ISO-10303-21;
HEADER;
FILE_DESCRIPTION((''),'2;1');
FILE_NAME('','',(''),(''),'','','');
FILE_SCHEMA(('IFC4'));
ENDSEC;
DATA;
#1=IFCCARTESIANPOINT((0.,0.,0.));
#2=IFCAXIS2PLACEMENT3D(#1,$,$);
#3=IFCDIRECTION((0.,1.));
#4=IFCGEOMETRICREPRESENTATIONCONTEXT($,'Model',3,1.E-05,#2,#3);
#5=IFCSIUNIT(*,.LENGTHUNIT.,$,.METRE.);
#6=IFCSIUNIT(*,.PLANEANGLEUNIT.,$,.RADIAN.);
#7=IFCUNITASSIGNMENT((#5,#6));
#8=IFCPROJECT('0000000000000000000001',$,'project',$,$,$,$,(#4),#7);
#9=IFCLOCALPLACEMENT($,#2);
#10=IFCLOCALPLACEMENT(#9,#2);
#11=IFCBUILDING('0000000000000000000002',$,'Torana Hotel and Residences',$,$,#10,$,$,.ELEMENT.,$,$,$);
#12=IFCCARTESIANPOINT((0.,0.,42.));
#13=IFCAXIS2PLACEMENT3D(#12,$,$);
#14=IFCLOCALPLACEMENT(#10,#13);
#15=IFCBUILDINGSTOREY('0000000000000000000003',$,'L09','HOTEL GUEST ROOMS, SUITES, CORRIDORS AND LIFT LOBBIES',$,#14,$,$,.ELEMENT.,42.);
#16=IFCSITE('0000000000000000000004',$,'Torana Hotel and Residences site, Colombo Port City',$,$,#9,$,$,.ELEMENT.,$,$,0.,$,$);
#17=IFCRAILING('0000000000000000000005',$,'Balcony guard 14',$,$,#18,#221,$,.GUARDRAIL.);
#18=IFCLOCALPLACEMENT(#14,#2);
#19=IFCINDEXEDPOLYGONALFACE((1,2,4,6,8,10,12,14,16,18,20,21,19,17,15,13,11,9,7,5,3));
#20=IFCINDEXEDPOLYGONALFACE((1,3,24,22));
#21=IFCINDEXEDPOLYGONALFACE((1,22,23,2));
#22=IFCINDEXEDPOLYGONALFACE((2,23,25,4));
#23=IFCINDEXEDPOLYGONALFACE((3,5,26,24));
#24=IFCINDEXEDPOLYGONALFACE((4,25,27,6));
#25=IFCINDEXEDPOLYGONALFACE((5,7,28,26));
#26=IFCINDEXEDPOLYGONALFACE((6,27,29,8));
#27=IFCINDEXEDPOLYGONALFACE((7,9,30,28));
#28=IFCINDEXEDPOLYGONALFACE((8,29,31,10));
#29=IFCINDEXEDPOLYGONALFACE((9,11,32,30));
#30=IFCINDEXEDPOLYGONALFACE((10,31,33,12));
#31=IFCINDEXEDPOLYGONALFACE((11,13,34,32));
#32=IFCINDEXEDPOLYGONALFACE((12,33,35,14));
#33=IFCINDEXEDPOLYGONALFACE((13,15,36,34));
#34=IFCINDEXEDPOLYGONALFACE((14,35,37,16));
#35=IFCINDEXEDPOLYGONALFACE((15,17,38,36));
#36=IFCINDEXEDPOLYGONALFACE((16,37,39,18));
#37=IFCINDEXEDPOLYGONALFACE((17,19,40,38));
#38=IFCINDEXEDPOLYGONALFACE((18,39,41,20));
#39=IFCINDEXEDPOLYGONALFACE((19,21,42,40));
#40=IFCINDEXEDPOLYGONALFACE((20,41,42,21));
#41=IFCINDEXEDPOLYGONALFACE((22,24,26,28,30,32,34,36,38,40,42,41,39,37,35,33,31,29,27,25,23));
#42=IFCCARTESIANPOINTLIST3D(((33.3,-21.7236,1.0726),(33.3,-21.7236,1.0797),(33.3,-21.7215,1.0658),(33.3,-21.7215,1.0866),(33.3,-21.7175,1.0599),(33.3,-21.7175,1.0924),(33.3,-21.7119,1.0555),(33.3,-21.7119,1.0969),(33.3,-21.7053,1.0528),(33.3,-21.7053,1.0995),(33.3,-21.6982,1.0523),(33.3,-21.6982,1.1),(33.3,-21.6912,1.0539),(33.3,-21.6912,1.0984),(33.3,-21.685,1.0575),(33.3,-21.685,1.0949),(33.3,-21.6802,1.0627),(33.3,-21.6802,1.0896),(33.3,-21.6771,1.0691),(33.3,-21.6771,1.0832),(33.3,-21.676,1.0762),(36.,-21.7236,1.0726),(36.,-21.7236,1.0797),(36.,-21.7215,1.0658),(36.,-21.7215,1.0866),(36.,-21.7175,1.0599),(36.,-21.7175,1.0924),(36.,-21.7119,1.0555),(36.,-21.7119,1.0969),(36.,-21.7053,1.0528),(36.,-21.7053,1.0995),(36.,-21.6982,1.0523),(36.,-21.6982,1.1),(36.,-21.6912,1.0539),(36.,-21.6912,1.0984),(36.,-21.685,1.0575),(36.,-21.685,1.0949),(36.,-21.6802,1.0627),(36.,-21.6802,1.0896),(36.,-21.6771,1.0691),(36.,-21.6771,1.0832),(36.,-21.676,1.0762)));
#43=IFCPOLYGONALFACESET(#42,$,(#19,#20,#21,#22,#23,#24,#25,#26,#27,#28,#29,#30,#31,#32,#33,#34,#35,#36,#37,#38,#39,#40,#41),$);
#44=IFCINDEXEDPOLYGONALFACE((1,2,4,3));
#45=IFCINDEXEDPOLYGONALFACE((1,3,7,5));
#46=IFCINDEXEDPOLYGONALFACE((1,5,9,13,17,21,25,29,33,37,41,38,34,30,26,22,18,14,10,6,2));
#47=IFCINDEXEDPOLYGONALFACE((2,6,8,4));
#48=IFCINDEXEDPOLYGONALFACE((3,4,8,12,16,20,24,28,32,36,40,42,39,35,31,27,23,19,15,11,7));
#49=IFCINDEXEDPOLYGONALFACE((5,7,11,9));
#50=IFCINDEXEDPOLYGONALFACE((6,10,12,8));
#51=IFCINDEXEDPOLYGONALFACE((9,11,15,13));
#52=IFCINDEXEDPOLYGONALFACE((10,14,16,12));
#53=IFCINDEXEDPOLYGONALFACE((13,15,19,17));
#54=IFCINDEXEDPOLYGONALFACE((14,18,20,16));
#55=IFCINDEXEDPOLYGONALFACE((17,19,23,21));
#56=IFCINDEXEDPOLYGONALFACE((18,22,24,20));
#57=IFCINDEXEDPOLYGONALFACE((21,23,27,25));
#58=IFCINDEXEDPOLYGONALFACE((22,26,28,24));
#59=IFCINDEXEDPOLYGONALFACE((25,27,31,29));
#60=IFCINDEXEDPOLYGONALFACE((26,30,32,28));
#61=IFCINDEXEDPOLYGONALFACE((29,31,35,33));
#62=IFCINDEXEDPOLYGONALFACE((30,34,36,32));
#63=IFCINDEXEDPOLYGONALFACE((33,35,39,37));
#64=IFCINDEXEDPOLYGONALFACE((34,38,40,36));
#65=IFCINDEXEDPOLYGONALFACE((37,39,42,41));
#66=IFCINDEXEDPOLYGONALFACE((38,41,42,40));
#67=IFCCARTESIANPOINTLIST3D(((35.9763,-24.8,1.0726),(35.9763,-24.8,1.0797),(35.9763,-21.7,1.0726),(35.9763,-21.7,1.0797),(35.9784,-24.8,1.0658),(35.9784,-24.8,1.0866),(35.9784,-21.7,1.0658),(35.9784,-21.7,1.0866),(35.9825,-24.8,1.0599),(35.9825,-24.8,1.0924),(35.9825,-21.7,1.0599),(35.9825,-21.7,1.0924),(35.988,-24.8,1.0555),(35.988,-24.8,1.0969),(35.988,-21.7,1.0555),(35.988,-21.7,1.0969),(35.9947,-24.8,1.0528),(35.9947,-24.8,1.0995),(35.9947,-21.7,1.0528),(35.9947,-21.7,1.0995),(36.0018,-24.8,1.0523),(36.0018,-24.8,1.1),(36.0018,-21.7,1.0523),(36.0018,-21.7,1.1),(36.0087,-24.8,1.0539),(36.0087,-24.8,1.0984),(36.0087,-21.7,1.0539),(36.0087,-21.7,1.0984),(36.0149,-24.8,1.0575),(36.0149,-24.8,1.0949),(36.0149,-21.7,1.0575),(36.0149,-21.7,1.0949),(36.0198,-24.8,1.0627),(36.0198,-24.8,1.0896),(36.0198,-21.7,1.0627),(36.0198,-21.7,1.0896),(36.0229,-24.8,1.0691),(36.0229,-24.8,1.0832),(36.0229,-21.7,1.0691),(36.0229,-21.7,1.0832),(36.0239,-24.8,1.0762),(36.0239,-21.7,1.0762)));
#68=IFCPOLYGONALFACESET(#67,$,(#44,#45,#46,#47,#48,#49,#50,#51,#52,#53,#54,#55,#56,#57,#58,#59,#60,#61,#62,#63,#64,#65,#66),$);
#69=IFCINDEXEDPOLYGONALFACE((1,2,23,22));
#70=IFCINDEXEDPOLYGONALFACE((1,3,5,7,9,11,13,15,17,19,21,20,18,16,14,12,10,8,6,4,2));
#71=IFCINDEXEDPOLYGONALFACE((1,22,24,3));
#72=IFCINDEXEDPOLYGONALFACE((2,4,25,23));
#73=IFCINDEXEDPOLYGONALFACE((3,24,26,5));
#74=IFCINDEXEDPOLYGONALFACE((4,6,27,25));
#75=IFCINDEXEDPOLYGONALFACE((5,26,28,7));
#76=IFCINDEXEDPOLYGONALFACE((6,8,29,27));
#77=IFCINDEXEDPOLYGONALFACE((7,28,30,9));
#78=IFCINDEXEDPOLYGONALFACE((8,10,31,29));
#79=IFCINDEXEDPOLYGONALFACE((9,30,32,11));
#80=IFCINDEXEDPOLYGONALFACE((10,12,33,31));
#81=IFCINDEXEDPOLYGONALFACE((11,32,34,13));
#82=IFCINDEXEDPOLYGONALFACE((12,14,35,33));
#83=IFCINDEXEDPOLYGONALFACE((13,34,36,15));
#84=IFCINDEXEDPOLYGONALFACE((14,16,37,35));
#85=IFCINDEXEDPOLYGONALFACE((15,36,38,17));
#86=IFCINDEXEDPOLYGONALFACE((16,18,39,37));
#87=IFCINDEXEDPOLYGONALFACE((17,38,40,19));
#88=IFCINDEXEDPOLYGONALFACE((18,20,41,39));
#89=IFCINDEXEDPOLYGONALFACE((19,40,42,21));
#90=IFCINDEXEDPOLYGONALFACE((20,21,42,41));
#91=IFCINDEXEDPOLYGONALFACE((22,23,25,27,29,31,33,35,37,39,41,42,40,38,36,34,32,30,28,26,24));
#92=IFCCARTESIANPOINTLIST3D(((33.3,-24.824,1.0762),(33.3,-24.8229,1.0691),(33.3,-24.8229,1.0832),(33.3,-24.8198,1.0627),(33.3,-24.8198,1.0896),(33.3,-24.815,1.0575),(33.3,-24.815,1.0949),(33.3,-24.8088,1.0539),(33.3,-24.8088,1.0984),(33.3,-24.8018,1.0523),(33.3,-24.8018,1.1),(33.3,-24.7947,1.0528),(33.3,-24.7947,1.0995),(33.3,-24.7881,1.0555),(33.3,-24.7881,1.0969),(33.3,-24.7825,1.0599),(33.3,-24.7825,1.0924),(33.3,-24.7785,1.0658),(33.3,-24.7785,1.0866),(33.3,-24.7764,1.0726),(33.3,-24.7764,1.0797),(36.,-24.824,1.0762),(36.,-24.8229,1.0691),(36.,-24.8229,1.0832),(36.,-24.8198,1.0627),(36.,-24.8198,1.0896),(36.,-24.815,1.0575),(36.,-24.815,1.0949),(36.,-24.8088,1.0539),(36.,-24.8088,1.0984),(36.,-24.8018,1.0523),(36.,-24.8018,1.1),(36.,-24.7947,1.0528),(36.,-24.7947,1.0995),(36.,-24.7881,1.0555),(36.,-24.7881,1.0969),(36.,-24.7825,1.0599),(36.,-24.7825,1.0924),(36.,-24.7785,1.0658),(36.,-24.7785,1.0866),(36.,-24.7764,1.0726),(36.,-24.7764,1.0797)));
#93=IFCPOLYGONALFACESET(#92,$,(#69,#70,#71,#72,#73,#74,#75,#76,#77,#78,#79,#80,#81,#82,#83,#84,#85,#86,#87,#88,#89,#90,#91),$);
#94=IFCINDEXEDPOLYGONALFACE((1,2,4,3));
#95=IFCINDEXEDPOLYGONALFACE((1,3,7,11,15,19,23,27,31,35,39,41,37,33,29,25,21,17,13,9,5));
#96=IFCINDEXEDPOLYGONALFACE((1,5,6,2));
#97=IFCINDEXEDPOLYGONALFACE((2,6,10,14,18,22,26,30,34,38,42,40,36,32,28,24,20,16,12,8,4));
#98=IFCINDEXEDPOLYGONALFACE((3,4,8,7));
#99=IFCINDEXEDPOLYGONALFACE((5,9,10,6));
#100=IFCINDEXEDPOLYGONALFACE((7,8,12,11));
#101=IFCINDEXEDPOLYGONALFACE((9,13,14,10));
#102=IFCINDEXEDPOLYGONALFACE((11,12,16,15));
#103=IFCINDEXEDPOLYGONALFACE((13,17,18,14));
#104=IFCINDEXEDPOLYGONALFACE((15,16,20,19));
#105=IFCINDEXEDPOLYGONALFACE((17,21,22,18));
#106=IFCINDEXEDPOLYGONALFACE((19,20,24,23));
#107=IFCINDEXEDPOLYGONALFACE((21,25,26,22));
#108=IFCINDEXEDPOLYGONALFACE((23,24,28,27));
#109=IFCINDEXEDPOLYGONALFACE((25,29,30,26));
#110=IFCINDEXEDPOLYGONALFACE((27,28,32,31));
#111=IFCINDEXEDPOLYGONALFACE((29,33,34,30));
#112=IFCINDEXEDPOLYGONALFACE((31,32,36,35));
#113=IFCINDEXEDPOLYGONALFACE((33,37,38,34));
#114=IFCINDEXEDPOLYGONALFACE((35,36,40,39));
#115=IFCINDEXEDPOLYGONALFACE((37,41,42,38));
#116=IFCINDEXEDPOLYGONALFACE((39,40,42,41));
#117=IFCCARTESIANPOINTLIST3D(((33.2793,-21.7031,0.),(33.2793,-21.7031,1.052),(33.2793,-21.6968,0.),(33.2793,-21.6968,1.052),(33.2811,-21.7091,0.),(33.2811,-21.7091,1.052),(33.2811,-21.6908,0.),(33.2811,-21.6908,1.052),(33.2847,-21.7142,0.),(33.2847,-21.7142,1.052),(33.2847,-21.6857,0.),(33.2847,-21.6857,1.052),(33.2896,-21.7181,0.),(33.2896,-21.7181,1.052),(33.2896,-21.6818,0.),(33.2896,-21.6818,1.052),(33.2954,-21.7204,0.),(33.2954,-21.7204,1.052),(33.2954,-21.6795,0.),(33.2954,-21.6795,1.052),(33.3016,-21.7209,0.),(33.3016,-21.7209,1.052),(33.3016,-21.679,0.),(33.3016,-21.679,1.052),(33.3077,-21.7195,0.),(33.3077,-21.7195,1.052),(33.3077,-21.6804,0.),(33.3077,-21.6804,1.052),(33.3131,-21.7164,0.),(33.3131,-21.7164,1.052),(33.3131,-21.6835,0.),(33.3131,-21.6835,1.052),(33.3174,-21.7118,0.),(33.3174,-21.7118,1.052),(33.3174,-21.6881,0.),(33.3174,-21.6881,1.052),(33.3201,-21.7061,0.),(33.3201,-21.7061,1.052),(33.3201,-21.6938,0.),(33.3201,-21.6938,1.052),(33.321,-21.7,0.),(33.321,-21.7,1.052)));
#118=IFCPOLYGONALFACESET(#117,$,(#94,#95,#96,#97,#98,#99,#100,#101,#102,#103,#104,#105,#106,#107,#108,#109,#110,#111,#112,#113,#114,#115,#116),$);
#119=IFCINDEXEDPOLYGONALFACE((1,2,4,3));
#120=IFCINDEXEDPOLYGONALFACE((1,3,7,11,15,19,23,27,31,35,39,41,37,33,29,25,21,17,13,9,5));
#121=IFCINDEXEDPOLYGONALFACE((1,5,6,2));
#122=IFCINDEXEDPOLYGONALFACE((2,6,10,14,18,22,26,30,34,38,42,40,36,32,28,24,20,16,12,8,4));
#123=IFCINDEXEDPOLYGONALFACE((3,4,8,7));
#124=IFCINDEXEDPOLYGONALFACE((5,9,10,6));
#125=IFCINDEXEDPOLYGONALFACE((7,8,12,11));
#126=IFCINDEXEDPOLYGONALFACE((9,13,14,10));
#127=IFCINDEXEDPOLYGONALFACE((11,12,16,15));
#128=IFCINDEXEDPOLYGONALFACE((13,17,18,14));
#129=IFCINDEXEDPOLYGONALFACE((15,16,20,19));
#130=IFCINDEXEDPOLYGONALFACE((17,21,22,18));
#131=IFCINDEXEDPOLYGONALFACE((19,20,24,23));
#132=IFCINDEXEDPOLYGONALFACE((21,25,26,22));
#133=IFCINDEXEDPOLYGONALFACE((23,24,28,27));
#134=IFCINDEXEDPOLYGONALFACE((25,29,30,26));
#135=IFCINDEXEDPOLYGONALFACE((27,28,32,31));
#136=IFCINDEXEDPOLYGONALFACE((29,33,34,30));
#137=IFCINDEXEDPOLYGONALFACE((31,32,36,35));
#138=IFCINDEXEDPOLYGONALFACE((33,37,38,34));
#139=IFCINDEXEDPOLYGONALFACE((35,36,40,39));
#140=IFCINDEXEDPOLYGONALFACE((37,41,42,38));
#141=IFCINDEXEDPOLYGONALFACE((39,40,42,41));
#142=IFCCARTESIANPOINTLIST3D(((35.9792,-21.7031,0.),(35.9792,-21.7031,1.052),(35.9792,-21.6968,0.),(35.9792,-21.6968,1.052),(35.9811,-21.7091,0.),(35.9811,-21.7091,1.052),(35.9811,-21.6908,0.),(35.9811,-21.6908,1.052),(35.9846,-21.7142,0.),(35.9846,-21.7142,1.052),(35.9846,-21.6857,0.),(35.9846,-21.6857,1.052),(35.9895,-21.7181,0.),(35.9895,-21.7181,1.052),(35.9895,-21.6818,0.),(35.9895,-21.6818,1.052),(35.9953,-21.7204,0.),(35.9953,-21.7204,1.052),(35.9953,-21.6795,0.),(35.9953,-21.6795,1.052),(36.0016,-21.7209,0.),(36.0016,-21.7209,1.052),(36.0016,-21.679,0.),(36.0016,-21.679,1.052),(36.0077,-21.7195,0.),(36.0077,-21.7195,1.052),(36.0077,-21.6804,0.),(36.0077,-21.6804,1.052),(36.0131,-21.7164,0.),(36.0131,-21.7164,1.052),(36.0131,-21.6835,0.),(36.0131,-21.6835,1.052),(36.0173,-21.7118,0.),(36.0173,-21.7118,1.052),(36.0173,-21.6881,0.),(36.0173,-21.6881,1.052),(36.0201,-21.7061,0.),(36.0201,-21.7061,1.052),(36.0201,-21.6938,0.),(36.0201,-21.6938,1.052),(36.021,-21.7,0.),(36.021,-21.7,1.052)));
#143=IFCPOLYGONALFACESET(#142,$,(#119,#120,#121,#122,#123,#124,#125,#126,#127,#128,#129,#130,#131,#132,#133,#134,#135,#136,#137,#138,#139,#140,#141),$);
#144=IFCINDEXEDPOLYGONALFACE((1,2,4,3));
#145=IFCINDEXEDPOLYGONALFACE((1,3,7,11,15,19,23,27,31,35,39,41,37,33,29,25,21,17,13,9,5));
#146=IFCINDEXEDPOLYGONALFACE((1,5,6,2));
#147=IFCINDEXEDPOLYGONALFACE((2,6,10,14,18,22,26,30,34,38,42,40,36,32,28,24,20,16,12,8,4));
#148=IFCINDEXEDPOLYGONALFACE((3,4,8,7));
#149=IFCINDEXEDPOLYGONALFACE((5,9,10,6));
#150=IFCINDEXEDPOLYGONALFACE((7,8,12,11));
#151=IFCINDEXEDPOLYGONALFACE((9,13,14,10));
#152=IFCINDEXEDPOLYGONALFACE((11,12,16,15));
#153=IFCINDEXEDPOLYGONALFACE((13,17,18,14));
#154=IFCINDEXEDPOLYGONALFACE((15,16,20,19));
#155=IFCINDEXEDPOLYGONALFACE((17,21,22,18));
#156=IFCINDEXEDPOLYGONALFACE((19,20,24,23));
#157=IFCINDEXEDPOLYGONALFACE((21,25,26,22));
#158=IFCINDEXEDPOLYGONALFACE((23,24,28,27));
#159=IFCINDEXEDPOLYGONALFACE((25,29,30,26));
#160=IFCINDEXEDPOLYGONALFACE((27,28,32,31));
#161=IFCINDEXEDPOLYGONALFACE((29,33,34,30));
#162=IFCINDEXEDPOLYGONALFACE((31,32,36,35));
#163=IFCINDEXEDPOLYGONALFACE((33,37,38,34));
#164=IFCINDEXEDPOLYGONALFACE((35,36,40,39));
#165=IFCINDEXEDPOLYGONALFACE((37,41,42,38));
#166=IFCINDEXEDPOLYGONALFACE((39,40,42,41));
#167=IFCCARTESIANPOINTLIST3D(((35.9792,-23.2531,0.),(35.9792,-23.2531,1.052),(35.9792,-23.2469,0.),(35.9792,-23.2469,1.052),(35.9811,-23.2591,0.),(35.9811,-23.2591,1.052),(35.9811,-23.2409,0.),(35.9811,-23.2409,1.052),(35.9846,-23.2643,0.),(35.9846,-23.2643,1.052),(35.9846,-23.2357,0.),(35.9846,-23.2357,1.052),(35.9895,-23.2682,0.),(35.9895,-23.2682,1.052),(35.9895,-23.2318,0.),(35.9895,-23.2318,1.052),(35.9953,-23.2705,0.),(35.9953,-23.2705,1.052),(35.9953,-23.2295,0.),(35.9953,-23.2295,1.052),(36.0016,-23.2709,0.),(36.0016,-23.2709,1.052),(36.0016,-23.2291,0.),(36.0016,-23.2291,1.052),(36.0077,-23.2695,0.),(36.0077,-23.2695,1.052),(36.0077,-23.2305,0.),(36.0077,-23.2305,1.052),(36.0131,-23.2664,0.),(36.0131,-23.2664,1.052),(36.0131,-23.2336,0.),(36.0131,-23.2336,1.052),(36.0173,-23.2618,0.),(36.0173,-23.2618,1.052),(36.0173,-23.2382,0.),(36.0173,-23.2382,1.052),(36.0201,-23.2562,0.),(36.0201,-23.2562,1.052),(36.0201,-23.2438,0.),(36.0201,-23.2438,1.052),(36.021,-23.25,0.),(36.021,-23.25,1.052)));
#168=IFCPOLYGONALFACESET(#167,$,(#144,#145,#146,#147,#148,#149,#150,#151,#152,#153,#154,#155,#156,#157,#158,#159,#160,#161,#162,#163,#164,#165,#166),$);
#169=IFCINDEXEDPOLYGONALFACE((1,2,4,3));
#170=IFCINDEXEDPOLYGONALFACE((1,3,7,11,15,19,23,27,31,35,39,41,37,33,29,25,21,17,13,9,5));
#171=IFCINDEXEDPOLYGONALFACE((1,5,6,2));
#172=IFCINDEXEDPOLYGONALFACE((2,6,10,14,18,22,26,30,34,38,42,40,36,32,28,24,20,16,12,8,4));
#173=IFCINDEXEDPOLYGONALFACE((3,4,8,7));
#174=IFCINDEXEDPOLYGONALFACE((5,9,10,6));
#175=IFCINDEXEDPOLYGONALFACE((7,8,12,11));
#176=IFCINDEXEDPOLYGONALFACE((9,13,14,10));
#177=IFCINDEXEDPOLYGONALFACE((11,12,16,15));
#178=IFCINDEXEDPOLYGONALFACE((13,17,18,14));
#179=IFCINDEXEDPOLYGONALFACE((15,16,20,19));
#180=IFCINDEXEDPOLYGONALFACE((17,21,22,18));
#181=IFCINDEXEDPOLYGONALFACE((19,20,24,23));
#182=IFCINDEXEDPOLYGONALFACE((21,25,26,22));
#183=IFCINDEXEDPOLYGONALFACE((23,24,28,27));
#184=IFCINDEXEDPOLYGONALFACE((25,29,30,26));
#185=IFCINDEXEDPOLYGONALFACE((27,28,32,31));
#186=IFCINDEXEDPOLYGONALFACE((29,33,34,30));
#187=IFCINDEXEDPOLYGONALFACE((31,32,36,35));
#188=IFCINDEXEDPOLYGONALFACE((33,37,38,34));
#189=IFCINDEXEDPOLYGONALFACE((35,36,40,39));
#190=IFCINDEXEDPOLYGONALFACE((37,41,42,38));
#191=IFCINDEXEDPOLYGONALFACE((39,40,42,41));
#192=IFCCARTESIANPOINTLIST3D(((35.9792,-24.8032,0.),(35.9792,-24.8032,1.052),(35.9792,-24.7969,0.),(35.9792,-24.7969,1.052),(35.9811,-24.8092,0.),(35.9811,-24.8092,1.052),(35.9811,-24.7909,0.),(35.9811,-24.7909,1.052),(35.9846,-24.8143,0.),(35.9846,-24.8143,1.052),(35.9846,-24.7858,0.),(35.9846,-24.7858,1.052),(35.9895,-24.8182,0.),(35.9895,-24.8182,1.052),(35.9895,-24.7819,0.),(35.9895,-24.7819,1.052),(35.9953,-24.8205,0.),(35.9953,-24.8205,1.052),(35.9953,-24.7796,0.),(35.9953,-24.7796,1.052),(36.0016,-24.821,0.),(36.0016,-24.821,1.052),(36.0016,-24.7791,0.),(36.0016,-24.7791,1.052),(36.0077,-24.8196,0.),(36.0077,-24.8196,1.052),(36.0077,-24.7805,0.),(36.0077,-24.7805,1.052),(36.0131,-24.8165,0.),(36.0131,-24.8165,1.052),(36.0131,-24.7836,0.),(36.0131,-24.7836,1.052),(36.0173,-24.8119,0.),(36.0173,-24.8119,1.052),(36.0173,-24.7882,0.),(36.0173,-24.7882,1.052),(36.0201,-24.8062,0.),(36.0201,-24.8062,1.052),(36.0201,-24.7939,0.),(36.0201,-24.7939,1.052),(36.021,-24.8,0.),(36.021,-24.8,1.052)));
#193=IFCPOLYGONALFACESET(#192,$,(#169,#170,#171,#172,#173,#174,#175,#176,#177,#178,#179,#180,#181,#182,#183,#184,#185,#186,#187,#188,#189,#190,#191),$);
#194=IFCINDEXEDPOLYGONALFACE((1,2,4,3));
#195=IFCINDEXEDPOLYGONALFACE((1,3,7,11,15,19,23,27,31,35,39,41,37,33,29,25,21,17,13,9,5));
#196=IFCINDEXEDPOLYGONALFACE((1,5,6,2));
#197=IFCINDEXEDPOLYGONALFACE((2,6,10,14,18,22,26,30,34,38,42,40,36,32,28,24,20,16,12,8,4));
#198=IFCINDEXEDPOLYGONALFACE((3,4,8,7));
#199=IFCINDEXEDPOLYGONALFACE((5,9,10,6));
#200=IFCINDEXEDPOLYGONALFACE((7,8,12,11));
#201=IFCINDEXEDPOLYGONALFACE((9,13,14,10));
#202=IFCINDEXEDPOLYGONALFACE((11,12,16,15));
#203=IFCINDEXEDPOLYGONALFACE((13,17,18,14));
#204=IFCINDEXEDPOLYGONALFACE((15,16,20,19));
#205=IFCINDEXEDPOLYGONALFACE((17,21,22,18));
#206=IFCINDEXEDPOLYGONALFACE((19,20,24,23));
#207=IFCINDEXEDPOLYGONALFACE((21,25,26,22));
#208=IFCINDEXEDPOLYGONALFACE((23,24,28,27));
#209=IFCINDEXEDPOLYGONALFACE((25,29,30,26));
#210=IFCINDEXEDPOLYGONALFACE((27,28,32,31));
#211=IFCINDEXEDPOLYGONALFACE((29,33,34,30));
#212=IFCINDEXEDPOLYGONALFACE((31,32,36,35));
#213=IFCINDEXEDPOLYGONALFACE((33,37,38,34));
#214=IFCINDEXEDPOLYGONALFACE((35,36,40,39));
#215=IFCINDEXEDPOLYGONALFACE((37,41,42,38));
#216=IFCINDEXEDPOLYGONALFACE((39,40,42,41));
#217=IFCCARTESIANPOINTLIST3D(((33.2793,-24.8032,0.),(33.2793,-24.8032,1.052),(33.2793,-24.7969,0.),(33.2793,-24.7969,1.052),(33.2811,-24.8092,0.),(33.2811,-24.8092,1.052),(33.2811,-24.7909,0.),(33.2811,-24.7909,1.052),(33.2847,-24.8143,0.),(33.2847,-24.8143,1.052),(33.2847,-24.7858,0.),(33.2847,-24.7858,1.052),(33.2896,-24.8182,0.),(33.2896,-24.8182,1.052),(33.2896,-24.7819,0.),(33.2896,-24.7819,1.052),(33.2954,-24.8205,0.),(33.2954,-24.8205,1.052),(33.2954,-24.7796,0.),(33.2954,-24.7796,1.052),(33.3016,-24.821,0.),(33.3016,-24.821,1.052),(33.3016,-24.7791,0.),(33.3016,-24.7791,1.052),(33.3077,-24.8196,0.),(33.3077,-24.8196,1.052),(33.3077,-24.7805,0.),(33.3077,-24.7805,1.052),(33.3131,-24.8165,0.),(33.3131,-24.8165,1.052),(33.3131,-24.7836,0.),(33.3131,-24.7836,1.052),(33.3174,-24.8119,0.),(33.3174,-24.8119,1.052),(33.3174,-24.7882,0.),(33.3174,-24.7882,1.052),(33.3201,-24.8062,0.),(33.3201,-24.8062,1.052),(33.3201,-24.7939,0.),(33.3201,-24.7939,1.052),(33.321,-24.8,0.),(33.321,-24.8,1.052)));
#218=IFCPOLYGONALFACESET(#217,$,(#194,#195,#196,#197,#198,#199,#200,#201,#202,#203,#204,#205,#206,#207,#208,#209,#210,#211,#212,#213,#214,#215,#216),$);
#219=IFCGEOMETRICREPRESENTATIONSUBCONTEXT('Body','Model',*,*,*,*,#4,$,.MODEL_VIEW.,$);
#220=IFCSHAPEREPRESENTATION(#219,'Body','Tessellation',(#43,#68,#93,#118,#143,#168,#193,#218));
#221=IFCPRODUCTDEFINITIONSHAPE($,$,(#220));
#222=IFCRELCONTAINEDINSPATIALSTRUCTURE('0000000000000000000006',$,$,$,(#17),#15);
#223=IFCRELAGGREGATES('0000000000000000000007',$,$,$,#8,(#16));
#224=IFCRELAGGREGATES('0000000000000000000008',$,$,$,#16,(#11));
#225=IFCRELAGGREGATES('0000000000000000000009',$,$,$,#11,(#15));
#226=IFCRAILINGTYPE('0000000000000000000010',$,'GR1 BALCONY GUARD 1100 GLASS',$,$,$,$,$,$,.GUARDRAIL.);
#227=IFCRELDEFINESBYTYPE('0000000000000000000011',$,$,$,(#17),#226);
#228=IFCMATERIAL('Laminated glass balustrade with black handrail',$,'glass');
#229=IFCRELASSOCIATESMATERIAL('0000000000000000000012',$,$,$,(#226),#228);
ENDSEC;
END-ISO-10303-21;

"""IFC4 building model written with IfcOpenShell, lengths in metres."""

from ifc_helpers import new_model, si_unit, direction, frame, origin, origin_2d, place, context, subcontext, project, spatial, circle, extrude, material, type_object, element, save


model = new_model("IFC4")

# Units and contexts
model_context = context("Model", 3, precision=1e-05, world=origin(), true_north=direction((0.0, 1.0)))
body_context = subcontext(model_context, "Body", "Model", "MODEL_VIEW")
ifc_project = project(units=[si_unit("LENGTHUNIT", "METRE"), si_unit("PLANEANGLEUNIT", "RADIAN")], contexts=[model_context])

# Site, building, storey
site_placement = place(None, origin())
site = spatial("IfcSite", under=ifc_project, at=site_placement, Name="Torana Hotel and Residences site, Colombo Port City", CompositionType="ELEMENT", RefElevation=0.0)
building_placement = place(site_placement, origin())
building = spatial("IfcBuilding", under=site, at=building_placement, Name="Torana Hotel and Residences", CompositionType="ELEMENT")
storey_placement = place(building_placement, frame((0.0, 0.0, 42.0)))
storey = spatial("IfcBuildingStorey", under=building, at=storey_placement, Name="L09", Description="HOTEL GUEST ROOMS, SUITES, CORRIDORS AND LIFT LOBBIES", CompositionType="ELEMENT", Elevation=42.0)

# Railing
ifc_material_1 = material(Name="Laminated glass balustrade with black handrail", Category="glass")
railing_type = type_object("IfcRailingType", Name="GR1 BALCONY GUARD 1100 GLASS", PredefinedType="GUARDRAIL", material=ifc_material_1)
railing_1_placement = place(storey_placement, frame((33.3, -21.7, 0.0)))
element("IfcRailing", 1, at=railing_1_placement, inside=storey, type_object=railing_type, Name="Balcony guard 14", PredefinedType="GUARDRAIL", context=body_context, shape_type="SweptSolid", body=[
    extrude(circle(Radius=0.0239, at=origin_2d()), frame((0.0, 0.0, 1.0762), z_axis=(1.0, 0.0, 0.0), x_axis=(0.0, 1.0, 0.0)), (0.0, 0.0, 1.0), 2.7),
    extrude(circle(Radius=0.0239, at=origin_2d()), frame((2.7, 0.0, 1.0762), z_axis=(0.0, -1.0, 0.0), x_axis=(1.0, 0.0, 0.0)), (0.0, 0.0, 1.0), 3.1001),
    extrude(circle(Radius=0.0239, at=origin_2d()), frame((2.7, -3.1001, 1.0762), z_axis=(-1.0, 0.0, 0.0), x_axis=(0.0, -1.0, 0.0)), (0.0, 0.0, 1.0), 2.7),
    extrude(circle(Radius=0.021, at=origin_2d()), origin(), (0.0, 0.0, 1.0), 1.052),
    extrude(circle(Radius=0.021, at=origin_2d()), frame((2.7, 0.0, 0.0)), (0.0, 0.0, 1.0), 1.052),
    extrude(circle(Radius=0.021, at=origin_2d()), frame((2.7, -1.55, 0.0)), (0.0, 0.0, 1.0), 1.052),
    extrude(circle(Radius=0.021, at=origin_2d()), frame((2.7, -3.1001, 0.0)), (0.0, 0.0, 1.0), 1.052),
    extrude(circle(Radius=0.021, at=origin_2d()), frame((0.0, -3.1001, 0.0)), (0.0, 0.0, 1.0), 1.052),
])

save(model, "model.ifc")
